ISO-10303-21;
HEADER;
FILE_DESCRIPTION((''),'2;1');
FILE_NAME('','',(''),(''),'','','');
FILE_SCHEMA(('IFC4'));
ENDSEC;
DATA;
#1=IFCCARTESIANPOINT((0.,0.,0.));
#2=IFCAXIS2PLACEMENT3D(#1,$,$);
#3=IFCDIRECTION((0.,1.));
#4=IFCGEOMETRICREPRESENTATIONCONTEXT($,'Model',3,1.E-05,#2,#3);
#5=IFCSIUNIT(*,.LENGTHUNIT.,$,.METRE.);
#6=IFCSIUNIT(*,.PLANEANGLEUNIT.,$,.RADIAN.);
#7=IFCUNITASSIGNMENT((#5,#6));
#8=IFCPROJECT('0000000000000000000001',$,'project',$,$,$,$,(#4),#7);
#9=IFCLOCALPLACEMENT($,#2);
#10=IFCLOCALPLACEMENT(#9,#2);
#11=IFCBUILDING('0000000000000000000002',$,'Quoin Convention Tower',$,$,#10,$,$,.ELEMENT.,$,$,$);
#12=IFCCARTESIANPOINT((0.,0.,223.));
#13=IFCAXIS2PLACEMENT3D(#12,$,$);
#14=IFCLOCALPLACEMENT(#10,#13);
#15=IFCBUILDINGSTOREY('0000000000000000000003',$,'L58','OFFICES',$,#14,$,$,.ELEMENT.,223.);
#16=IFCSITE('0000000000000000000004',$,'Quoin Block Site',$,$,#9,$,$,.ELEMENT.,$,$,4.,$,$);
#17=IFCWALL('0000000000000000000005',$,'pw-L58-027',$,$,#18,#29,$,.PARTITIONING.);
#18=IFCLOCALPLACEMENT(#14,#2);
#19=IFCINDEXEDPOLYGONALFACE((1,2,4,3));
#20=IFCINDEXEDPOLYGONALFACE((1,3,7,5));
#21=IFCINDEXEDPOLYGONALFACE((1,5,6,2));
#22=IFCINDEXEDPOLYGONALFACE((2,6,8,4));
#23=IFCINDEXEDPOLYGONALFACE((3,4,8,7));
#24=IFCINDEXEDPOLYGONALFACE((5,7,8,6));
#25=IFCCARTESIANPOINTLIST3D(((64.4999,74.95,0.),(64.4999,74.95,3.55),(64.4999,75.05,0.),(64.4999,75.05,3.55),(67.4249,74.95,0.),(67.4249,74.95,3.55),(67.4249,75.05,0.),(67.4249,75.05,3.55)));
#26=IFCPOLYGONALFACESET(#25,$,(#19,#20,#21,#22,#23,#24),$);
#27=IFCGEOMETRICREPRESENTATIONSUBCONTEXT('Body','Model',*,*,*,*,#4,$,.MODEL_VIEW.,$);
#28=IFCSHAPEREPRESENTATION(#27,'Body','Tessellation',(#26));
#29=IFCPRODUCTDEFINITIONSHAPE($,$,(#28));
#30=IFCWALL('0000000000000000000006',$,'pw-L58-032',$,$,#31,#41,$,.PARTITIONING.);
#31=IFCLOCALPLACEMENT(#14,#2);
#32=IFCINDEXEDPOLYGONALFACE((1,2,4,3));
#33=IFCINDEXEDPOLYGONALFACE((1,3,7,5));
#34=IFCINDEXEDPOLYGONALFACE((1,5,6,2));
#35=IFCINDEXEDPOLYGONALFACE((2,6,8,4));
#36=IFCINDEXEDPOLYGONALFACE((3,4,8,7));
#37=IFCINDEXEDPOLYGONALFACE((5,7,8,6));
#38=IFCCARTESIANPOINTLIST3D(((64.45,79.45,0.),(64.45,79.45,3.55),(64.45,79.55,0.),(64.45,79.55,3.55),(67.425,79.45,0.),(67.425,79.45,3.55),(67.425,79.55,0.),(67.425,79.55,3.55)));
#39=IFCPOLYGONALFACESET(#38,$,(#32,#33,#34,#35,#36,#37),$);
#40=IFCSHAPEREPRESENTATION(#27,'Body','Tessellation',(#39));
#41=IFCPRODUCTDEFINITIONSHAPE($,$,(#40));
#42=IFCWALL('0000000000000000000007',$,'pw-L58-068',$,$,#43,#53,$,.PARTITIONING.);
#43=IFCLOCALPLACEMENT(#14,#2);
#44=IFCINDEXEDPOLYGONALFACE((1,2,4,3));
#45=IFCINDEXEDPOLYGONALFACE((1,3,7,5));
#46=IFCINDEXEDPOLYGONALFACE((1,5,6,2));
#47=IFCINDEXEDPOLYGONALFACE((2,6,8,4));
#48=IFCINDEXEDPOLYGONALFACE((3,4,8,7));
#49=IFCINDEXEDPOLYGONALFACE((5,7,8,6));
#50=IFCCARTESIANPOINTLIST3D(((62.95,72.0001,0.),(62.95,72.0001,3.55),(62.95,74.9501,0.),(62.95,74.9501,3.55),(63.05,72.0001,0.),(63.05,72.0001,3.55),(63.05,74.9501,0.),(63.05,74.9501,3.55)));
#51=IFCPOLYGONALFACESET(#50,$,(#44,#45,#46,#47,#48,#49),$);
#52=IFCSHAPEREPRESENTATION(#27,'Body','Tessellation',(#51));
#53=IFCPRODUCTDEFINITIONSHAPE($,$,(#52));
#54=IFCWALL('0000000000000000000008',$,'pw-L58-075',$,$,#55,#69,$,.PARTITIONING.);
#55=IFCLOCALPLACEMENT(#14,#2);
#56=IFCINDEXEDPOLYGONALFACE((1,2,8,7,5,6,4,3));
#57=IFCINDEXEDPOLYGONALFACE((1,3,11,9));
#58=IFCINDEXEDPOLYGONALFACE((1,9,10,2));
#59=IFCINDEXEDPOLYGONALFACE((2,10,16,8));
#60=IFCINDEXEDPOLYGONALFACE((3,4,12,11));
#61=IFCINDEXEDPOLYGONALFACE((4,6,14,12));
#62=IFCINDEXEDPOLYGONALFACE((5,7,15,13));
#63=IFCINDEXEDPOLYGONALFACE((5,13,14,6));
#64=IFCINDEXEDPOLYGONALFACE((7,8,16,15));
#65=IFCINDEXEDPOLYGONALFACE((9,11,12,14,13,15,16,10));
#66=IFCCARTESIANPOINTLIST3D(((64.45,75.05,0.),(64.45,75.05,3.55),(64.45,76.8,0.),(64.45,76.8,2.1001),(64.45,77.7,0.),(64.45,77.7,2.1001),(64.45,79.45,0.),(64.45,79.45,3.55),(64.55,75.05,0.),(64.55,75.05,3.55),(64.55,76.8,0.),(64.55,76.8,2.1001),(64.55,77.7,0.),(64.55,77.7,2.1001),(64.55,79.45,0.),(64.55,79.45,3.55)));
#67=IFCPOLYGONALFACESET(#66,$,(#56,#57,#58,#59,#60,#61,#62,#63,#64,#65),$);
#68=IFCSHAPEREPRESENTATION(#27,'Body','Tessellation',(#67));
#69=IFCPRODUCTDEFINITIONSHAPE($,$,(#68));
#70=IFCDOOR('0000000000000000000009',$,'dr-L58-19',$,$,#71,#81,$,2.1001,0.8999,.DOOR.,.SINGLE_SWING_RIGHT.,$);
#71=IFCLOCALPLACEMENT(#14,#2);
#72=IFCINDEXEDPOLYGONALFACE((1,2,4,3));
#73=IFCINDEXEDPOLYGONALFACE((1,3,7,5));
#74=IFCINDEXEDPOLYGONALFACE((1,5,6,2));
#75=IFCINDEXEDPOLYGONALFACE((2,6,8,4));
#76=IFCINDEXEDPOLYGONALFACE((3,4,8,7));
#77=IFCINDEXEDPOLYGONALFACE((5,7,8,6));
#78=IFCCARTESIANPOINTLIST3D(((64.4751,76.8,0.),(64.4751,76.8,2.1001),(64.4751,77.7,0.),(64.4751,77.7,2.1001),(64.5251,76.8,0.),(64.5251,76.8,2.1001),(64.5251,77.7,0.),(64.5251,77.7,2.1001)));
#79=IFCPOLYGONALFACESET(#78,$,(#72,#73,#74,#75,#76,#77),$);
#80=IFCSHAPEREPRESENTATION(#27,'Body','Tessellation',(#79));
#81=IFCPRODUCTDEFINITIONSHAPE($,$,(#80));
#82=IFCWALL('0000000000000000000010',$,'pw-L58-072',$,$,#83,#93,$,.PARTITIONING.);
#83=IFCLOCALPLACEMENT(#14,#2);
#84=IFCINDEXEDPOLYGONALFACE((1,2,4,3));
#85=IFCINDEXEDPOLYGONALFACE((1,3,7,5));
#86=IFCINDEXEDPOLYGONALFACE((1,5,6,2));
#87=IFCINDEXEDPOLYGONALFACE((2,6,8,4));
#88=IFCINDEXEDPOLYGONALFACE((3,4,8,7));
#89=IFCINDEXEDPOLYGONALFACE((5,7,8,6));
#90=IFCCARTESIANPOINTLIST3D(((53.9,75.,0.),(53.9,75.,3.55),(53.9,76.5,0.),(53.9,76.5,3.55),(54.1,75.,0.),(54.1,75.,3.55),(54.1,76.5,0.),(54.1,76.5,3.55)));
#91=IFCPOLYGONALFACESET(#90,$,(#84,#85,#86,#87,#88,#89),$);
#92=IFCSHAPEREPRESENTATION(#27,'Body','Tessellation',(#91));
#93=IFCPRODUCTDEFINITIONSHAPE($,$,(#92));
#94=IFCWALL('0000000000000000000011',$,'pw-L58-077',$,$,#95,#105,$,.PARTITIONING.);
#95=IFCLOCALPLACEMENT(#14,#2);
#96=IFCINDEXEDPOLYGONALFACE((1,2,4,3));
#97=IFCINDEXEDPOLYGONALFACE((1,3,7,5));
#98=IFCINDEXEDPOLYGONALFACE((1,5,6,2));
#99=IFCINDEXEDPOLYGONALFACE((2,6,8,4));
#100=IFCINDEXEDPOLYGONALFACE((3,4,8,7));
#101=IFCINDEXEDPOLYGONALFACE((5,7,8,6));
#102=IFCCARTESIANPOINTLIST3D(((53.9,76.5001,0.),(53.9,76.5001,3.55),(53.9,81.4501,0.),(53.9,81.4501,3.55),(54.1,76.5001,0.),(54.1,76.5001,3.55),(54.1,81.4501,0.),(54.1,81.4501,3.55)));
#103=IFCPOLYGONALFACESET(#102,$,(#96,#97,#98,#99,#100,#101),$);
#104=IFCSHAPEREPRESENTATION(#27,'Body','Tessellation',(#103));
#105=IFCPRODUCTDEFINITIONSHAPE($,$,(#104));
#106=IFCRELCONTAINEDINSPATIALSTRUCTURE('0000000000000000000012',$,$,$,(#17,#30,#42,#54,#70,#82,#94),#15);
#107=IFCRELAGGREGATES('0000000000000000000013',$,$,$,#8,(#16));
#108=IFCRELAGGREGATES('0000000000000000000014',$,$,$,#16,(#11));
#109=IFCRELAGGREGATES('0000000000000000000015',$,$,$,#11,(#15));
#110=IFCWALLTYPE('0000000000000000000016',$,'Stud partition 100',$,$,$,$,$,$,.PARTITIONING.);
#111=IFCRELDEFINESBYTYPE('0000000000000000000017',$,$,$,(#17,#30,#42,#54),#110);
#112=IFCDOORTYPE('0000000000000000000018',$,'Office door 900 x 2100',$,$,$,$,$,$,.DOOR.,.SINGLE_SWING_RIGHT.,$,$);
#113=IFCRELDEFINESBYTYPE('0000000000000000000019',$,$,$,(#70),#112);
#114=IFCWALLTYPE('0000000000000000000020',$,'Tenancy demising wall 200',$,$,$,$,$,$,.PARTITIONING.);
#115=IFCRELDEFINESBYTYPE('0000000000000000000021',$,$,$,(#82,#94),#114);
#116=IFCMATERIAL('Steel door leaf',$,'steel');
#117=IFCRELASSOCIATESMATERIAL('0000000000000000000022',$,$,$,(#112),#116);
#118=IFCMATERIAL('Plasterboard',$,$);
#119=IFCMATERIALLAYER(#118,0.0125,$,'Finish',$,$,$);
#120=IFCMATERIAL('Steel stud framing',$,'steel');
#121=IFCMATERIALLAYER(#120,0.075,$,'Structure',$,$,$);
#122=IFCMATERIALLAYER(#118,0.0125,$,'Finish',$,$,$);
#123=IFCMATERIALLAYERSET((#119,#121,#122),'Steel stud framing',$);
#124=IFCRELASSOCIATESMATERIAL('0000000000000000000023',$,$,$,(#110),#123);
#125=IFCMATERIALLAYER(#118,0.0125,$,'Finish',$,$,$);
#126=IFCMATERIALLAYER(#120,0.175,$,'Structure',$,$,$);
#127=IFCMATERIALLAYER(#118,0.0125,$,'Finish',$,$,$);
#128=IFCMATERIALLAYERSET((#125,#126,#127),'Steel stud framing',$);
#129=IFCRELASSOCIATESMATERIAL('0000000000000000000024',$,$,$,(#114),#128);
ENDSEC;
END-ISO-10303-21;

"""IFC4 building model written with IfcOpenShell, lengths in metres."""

from ifc_helpers import new_model, si_unit, direction, frame, frame_2d, origin, place, context, subcontext, project, spatial, rectangle, extrude, material, layer, layer_set, type_object, element, fill, save


model = new_model("IFC4")

# Units and contexts
model_context = context("Model", 3, precision=1e-05, world=origin(), true_north=direction((0.0, 1.0)))
body_context = subcontext(model_context, "Body", "Model", "MODEL_VIEW")
ifc_project = project(units=[si_unit("LENGTHUNIT", "METRE"), si_unit("PLANEANGLEUNIT", "RADIAN")], contexts=[model_context])

# Site, building, storey
site_placement = place(None, origin())
site = spatial("IfcSite", under=ifc_project, at=site_placement, Name="Quoin Block Site", CompositionType="ELEMENT", RefElevation=4.0)
building_placement = place(site_placement, origin())
building = spatial("IfcBuilding", under=site, at=building_placement, Name="Quoin Convention Tower", CompositionType="ELEMENT")
storey_placement = place(building_placement, frame((0.0, 0.0, 223.0)))
storey = spatial("IfcBuildingStorey", under=building, at=storey_placement, Name="L58", Description="OFFICES", CompositionType="ELEMENT", Elevation=223.0)

# Shared definitions
ifc_material_1 = material(Name="Plasterboard")
ifc_material_2 = material(Name="Steel stud framing", Category="steel")
ifc_material_3 = material(Name="Steel door leaf", Category="steel")
door_type = type_object("IfcDoorType", Name="Office door 900 x 2100", OperationType="SINGLE_SWING_RIGHT", PredefinedType="DOOR", material=ifc_material_3)

# Shared definitions
ifc_layer_1 = layer(ifc_material_1, 0.0125, Name="Finish")
ifc_layer_2 = layer(ifc_material_2, 0.075, Name="Structure")
ifc_layer_3 = layer(ifc_material_1, 0.0125, Name="Finish")
ifc_layer_set_1 = layer_set([ifc_layer_1, ifc_layer_2, ifc_layer_3], Name="Steel stud framing")
wall_type_1 = type_object("IfcWallType", Name="Stud partition 100", PredefinedType="PARTITIONING", material=ifc_layer_set_1)

# Walls
wall_1_placement = place(storey_placement, frame((64.5, 75.0, 0.0), z_axis=(0.0, 0.0, 1.0), x_axis=(1.0, 0.0, 0.0)))
element("IfcWall", 1, at=wall_1_placement, inside=storey, type_object=wall_type_1, Name="pw-L58-027", PredefinedType="PARTITIONING", context=body_context, shape_type="SweptSolid", body=[
    extrude(rectangle(XDim=2.925, YDim=0.1001, at=frame_2d((1.4624, 0.0))), origin(), (0.0, 0.0, 1.0), 3.55),
])
wall_2_placement = place(storey_placement, frame((64.45, 79.5, 0.0), z_axis=(0.0, 0.0, 1.0), x_axis=(1.0, 0.0, 0.0)))
element("IfcWall", 2, at=wall_2_placement, inside=storey, type_object=wall_type_1, Name="pw-L58-032", PredefinedType="PARTITIONING", context=body_context, shape_type="SweptSolid", body=[
    extrude(rectangle(XDim=2.9751, YDim=0.1001, at=frame_2d((1.4875, 0.0))), origin(), (0.0, 0.0, 1.0), 3.55),
])
wall_3_placement = place(storey_placement, frame((63.0, 72.0, 0.0), z_axis=(0.0, 0.0, 1.0), x_axis=(0.0, 1.0, 0.0)))
element("IfcWall", 3, at=wall_3_placement, inside=storey, type_object=wall_type_1, Name="pw-L58-068", PredefinedType="PARTITIONING", context=body_context, shape_type="SweptSolid", body=[
    extrude(rectangle(XDim=2.95, YDim=0.1001, at=frame_2d((1.4751, 0.0))), origin(), (0.0, 0.0, 1.0), 3.55),
])

# Wall, opening, door
wall_4_placement = place(storey_placement, frame((64.5, 75.05, 0.0), z_axis=(0.0, 0.0, 1.0), x_axis=(0.0, 1.0, 0.0)))
wall_4 = element("IfcWall", 4, at=wall_4_placement, inside=storey, type_object=wall_type_1, Name="pw-L58-075", PredefinedType="PARTITIONING", context=body_context, shape_type="SweptSolid", body=[
    extrude(rectangle(XDim=4.3999, YDim=0.1001, at=frame_2d((2.2, 0.0))), origin(), (0.0, 0.0, 1.0), 3.55),
])
opening_1_placement = place(wall_4_placement, frame((1.75, 0.0, 0.0)))
opening_1 = element("IfcOpeningElement", 5, at=opening_1_placement, cuts=wall_4, PredefinedType="OPENING", context=body_context, shape_type="SweptSolid", body=[
    extrude(rectangle(XDim=0.8999, YDim=2.1001, at=frame_2d((0.45, 1.05))), frame((0.0, 0.0601, 0.0), z_axis=(0.0, -1.0, 0.0), x_axis=(1.0, 0.0, 0.0)), (0.0, 0.0, 1.0), 0.1201),
])
door_1_placement = place(opening_1_placement, origin())
door_1 = element("IfcDoor", 6, at=door_1_placement, inside=storey, type_object=door_type, Name="dr-L58-19", OperationType="SINGLE_SWING_RIGHT", OverallHeight=2.1001, OverallWidth=0.8999, PredefinedType="DOOR", context=body_context, shape_type="SweptSolid", body=[
    extrude(rectangle(XDim=0.8999, YDim=2.1001, at=frame_2d((0.45, 1.05))), frame((0.0, 0.0249, 0.0), z_axis=(0.0, -1.0, 0.0), x_axis=(1.0, 0.0, 0.0)), (0.0, 0.0, 1.0), 0.05),
])
fill(opening_1, door_1)

# Walls
ifc_layer_4 = layer(ifc_material_1, 0.0125, Name="Finish")
ifc_layer_5 = layer(ifc_material_2, 0.175, Name="Structure")
ifc_layer_6 = layer(ifc_material_1, 0.0125, Name="Finish")
ifc_layer_set_2 = layer_set([ifc_layer_4, ifc_layer_5, ifc_layer_6], Name="Steel stud framing")
wall_type_2 = type_object("IfcWallType", Name="Tenancy demising wall 200", PredefinedType="PARTITIONING", material=ifc_layer_set_2)
wall_5_placement = place(storey_placement, frame((54.0, 75.0, 0.0), z_axis=(0.0, 0.0, 1.0), x_axis=(0.0, 1.0, 0.0)))
element("IfcWall", 7, at=wall_5_placement, inside=storey, type_object=wall_type_2, Name="pw-L58-072", PredefinedType="PARTITIONING", context=body_context, shape_type="SweptSolid", body=[
    extrude(rectangle(XDim=1.5, YDim=0.2, at=frame_2d((0.75, 0.0))), origin(), (0.0, 0.0, 1.0), 3.55),
])
wall_6_placement = place(storey_placement, frame((54.0, 76.5, 0.0), z_axis=(0.0, 0.0, 1.0), x_axis=(0.0, 1.0, 0.0)))
element("IfcWall", 8, at=wall_6_placement, inside=storey, type_object=wall_type_2, Name="pw-L58-077", PredefinedType="PARTITIONING", context=body_context, shape_type="SweptSolid", body=[
    extrude(rectangle(XDim=4.95, YDim=0.2, at=frame_2d((2.4751, 0.0))), origin(), (0.0, 0.0, 1.0), 3.55),
])

save(model, "model.ifc")
